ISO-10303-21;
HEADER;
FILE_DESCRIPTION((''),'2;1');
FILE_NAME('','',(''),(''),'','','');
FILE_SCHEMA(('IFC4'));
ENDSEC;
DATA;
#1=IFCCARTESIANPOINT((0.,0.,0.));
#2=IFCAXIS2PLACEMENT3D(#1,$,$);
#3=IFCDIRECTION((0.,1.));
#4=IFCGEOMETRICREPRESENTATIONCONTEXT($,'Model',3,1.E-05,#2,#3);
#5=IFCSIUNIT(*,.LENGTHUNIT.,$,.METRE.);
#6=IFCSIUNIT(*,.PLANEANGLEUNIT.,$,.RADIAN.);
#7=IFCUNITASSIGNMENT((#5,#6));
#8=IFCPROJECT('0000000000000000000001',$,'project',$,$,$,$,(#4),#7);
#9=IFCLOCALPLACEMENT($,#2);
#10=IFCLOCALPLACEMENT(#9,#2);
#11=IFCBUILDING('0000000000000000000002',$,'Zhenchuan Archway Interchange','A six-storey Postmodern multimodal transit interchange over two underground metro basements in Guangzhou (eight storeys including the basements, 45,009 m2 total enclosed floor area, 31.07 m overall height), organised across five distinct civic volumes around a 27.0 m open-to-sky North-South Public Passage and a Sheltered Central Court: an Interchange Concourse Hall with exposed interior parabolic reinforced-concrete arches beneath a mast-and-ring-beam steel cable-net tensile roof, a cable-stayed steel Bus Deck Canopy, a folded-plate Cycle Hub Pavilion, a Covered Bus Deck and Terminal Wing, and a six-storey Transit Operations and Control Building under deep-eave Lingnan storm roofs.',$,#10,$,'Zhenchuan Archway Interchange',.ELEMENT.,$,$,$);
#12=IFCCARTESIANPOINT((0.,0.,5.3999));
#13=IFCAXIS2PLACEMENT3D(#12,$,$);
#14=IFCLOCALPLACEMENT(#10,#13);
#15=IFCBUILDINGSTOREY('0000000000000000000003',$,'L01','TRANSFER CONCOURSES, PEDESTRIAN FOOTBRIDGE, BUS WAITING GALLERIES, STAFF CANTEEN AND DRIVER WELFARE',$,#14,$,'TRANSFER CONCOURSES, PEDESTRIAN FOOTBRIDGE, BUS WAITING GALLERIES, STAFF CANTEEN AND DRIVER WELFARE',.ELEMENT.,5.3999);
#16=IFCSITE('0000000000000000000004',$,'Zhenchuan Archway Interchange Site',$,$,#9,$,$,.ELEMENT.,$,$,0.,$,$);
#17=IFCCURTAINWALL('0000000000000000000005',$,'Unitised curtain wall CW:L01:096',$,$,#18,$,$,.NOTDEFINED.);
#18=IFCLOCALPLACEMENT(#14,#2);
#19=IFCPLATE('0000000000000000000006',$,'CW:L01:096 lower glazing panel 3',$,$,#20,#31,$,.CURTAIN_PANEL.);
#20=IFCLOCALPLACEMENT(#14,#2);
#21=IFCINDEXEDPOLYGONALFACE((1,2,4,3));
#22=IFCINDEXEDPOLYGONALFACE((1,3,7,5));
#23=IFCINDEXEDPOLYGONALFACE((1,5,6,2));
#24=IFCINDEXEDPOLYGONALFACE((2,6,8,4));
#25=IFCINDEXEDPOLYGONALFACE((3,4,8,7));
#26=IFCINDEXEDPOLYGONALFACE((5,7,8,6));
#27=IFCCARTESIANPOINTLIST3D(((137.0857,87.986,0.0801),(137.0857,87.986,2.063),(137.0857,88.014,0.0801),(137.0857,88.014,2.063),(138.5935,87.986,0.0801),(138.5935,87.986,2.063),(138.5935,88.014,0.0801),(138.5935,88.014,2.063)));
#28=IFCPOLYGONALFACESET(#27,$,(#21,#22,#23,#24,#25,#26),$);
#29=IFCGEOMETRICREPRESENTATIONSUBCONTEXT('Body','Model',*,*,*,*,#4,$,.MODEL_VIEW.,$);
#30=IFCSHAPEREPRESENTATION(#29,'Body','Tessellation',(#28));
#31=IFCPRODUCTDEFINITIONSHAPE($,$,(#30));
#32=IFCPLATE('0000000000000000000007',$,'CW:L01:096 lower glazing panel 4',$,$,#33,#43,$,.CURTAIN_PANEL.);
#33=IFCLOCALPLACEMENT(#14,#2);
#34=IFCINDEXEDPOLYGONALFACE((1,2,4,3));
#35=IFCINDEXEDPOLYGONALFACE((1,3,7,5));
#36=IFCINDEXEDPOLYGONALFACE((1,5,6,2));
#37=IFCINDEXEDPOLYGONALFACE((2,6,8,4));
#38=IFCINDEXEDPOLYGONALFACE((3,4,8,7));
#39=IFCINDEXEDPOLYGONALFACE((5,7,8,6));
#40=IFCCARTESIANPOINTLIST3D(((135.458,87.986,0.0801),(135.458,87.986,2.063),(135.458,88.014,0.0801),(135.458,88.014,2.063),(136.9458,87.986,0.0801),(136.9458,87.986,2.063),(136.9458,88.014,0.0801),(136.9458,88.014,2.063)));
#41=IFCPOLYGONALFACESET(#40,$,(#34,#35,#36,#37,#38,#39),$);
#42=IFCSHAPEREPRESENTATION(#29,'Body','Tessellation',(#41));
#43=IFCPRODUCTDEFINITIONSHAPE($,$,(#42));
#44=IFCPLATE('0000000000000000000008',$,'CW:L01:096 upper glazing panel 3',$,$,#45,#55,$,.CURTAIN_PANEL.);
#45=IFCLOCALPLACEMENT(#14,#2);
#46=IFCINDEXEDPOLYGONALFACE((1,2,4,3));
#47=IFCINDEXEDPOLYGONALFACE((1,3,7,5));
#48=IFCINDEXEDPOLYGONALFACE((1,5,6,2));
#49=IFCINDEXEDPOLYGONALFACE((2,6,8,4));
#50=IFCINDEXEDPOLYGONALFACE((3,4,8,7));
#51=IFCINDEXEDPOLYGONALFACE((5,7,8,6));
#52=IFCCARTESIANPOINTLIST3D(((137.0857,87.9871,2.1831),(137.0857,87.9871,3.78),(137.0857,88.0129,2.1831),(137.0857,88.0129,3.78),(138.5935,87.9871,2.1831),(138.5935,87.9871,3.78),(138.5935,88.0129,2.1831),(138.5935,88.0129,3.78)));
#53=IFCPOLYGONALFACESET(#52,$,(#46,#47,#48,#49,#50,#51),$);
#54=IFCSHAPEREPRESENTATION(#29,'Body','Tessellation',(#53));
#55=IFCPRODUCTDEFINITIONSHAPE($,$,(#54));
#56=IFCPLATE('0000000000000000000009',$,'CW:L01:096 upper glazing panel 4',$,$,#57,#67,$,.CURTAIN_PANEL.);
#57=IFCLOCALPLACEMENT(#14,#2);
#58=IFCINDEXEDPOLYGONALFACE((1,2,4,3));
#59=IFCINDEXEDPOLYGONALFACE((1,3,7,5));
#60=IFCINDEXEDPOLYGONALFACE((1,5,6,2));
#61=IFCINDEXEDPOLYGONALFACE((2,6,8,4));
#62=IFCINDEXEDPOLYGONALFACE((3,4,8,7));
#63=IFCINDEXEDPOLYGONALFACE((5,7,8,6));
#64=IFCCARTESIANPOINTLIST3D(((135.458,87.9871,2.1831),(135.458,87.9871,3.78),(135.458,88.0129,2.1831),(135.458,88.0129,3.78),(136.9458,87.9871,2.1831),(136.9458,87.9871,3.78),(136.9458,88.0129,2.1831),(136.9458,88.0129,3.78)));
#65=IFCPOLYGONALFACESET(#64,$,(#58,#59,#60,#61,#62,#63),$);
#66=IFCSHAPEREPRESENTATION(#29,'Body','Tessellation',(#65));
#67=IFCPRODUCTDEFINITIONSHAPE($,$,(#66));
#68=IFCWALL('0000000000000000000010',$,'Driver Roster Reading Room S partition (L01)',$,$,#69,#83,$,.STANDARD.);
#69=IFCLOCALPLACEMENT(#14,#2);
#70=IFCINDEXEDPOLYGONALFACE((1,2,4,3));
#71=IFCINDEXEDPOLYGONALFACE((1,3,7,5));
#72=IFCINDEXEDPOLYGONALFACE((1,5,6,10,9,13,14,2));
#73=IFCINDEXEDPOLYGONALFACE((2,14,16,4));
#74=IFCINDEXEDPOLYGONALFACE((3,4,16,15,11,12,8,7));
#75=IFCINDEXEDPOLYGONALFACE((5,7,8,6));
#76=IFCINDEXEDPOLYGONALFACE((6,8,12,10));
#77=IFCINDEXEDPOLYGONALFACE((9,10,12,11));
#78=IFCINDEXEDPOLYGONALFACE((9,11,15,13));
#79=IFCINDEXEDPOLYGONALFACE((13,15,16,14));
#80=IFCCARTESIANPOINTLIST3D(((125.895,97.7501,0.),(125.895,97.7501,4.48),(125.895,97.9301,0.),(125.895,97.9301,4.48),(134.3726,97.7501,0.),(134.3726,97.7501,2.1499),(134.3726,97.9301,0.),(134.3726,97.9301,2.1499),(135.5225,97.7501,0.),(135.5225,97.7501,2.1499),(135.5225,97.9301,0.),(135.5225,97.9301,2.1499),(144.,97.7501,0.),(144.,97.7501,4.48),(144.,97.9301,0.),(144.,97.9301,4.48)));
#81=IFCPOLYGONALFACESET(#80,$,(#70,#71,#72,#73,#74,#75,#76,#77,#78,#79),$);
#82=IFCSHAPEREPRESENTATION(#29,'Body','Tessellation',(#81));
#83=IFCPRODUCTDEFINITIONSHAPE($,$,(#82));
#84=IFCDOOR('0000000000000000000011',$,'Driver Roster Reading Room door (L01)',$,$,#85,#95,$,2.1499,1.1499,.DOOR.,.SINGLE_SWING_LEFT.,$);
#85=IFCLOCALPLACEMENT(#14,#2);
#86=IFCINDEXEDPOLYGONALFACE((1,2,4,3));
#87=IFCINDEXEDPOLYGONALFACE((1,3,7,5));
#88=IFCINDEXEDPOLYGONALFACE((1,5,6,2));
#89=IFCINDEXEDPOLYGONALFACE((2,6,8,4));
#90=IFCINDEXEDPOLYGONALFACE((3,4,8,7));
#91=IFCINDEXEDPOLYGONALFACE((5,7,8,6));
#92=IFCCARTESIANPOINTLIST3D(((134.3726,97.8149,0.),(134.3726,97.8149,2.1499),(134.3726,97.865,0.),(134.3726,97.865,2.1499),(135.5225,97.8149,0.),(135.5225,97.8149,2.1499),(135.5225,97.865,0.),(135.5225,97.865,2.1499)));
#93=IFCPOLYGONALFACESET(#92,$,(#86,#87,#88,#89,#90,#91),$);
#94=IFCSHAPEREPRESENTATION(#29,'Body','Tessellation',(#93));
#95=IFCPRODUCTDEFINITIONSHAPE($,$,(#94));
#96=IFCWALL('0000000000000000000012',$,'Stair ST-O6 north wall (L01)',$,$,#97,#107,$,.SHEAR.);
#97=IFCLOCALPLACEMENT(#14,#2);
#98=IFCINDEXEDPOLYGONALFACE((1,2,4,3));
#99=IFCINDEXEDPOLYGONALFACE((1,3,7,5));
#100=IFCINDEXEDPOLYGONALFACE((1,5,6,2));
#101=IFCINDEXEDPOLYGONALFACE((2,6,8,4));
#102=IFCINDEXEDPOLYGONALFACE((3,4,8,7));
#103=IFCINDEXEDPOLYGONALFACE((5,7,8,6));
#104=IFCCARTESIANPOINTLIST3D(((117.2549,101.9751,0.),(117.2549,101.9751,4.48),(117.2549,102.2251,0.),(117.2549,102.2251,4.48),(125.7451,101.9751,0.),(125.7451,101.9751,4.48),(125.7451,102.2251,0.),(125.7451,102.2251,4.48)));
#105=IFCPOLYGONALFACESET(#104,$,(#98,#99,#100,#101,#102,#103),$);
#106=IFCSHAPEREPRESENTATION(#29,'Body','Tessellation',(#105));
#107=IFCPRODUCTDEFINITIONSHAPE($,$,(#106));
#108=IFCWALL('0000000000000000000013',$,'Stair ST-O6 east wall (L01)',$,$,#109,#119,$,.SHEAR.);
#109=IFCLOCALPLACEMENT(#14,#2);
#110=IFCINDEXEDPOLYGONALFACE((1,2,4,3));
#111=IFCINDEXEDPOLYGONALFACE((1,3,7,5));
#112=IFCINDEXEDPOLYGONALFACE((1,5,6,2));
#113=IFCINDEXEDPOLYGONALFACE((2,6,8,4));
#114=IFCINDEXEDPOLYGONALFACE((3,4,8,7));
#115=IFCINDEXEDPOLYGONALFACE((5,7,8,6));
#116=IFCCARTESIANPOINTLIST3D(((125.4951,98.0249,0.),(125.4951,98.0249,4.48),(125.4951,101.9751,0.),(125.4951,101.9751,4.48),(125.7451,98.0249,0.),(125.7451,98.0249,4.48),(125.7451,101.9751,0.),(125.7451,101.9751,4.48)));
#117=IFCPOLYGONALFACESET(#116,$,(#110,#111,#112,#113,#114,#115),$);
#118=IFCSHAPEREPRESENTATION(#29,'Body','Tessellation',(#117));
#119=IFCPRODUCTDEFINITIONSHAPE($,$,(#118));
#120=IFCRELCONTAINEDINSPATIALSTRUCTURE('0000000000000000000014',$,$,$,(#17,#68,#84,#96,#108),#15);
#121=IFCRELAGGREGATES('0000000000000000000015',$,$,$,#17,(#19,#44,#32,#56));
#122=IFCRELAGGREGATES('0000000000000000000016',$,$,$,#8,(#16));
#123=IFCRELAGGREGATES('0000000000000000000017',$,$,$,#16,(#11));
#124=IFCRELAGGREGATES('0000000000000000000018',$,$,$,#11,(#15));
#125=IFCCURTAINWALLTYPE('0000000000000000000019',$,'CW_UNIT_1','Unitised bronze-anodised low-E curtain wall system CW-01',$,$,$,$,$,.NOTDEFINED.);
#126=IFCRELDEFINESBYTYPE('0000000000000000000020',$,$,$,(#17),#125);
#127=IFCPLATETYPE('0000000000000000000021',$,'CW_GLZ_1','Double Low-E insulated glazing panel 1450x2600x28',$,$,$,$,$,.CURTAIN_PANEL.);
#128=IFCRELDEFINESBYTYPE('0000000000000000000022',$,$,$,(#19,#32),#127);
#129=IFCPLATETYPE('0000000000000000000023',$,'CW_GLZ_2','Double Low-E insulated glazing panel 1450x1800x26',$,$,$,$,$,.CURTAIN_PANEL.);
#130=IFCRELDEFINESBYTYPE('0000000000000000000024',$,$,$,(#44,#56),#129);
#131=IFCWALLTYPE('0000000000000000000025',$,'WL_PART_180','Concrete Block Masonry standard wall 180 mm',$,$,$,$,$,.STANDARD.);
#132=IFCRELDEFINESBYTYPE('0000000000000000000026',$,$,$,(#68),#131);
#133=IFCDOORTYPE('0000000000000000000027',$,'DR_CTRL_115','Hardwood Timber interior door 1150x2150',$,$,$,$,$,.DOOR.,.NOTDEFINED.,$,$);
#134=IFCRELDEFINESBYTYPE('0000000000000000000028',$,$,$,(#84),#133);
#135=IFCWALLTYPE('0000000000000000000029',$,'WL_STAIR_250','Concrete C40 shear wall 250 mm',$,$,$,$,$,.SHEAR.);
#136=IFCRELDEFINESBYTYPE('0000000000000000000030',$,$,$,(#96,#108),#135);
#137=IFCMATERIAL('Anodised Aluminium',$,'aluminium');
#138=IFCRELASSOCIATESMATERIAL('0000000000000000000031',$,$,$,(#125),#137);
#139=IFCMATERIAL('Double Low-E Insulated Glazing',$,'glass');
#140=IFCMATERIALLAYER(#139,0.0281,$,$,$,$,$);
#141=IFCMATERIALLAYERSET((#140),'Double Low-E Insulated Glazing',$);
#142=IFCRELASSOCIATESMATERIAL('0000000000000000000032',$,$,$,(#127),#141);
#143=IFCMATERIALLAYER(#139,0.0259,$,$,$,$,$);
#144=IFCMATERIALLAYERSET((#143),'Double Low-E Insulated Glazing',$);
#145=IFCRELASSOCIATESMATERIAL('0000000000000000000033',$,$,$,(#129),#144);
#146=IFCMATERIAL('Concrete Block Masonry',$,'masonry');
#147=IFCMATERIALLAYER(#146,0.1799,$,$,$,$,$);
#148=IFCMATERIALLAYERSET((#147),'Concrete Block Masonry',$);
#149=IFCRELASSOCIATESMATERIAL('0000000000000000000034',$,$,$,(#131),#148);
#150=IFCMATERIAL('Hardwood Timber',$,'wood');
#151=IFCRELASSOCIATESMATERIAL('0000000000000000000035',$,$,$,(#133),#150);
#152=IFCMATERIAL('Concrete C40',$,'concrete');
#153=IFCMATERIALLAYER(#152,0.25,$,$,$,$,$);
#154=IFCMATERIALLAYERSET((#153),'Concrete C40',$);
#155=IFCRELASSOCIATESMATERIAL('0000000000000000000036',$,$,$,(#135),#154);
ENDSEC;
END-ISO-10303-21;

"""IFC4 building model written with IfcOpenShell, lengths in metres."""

from ifc_helpers import new_model, si_unit, direction, frame, frame_2d, origin, origin_2d, place, context, subcontext, project, spatial, rectangle, extrude, material, layer, layer_set, type_object, element, fill, aggregate, save


model = new_model("IFC4")

# Units and contexts
model_context = context("Model", 3, precision=1e-05, world=origin(), true_north=direction((0.0, 1.0)))
body_context = subcontext(model_context, "Body", "Model", "MODEL_VIEW")
ifc_project = project(units=[si_unit("LENGTHUNIT", "METRE"), si_unit("PLANEANGLEUNIT", "RADIAN")], contexts=[model_context])

# Site, building, storey
site_placement = place(None, origin())
site = spatial("IfcSite", under=ifc_project, at=site_placement, Name="Zhenchuan Archway Interchange Site", CompositionType="ELEMENT", RefElevation=0.0)
building_placement = place(site_placement, origin())
building = spatial("IfcBuilding", under=site, at=building_placement, Name="Zhenchuan Archway Interchange", Description="A six-storey Postmodern multimodal transit interchange over two underground metro basements in Guangzhou (eight storeys including the basements, 45,009 m2 total enclosed floor area, 31.07 m overall height), organised across five distinct civic volumes around a 27.0 m open-to-sky North-South Public Passage and a Sheltered Central Court: an Interchange Concourse Hall with exposed interior parabolic reinforced-concrete arches beneath a mast-and-ring-beam steel cable-net tensile roof, a cable-stayed steel Bus Deck Canopy, a folded-plate Cycle Hub Pavilion, a Covered Bus Deck and Terminal Wing, and a six-storey Transit Operations and Control Building under deep-eave Lingnan storm roofs.", LongName="Zhenchuan Archway Interchange", CompositionType="ELEMENT")
storey_placement = place(building_placement, frame((0.0, 0.0, 5.3999)))
storey = spatial("IfcBuildingStorey", under=building, at=storey_placement, Name="L01", Description="TRANSFER CONCOURSES, PEDESTRIAN FOOTBRIDGE, BUS WAITING GALLERIES, STAFF CANTEEN AND DRIVER WELFARE", LongName="TRANSFER CONCOURSES, PEDESTRIAN FOOTBRIDGE, BUS WAITING GALLERIES, STAFF CANTEEN AND DRIVER WELFARE", CompositionType="ELEMENT", Elevation=5.3999)

# Shared definitions
ifc_material_1 = material(Name="Concrete C40", Category="concrete")

# Curtain wall
ifc_material_2 = material(Name="Anodised Aluminium", Category="aluminium")
curtain_wall_type = type_object("IfcCurtainWallType", Name="CW_UNIT_1", Description="Unitised bronze-anodised low-E curtain wall system CW-01", PredefinedType="NOTDEFINED", material=ifc_material_2)
curtain_wall_placement = place(storey_placement, origin())
curtain_wall = element("IfcCurtainWall", 1, at=curtain_wall_placement, inside=storey, type_object=curtain_wall_type, Name="Unitised curtain wall CW:L01:096", PredefinedType="NOTDEFINED")

# Plates
ifc_material_3 = material(Name="Double Low-E Insulated Glazing", Category="glass")
ifc_layer_1 = layer(ifc_material_3, 0.0281)
ifc_layer_set_1 = layer_set([ifc_layer_1], Name="Double Low-E Insulated Glazing")
plate_type_1 = type_object("IfcPlateType", Name="CW_GLZ_1", Description="Double Low-E insulated glazing panel 1450x2600x28", PredefinedType="CURTAIN_PANEL", material=ifc_layer_set_1)
plate_1_placement = place(storey_placement, frame((137.8396, 88.0, 0.0801), z_axis=(0.0, 0.0, 1.0), x_axis=(-1.0, 0.0, 0.0)))
plate_1 = element("IfcPlate", 2, at=plate_1_placement, type_object=plate_type_1, Name="CW:L01:096 lower glazing panel 3", PredefinedType="CURTAIN_PANEL", context=body_context, shape_type="SweptSolid", body=[
    extrude(rectangle(XDim=1.5078, YDim=0.0281, at=origin_2d()), origin(), (0.0, 0.0, 1.0), 1.9829),
])
plate_2_placement = place(storey_placement, frame((136.2019, 88.0, 0.0801), z_axis=(0.0, 0.0, 1.0), x_axis=(-1.0, 0.0, 0.0)))
plate_2 = element("IfcPlate", 3, at=plate_2_placement, type_object=plate_type_1, Name="CW:L01:096 lower glazing panel 4", PredefinedType="CURTAIN_PANEL", context=body_context, shape_type="SweptSolid", body=[
    extrude(rectangle(XDim=1.4878, YDim=0.0281, at=origin_2d()), origin(), (0.0, 0.0, 1.0), 1.9829),
])
ifc_layer_2 = layer(ifc_material_3, 0.0259)
ifc_layer_set_2 = layer_set([ifc_layer_2], Name="Double Low-E Insulated Glazing")
plate_type_2 = type_object("IfcPlateType", Name="CW_GLZ_2", Description="Double Low-E insulated glazing panel 1450x1800x26", PredefinedType="CURTAIN_PANEL", material=ifc_layer_set_2)
plate_3_placement = place(storey_placement, frame((137.8396, 88.0, 2.1831), z_axis=(0.0, 0.0, 1.0), x_axis=(-1.0, 0.0, 0.0)))
plate_3 = element("IfcPlate", 4, at=plate_3_placement, type_object=plate_type_2, Name="CW:L01:096 upper glazing panel 3", PredefinedType="CURTAIN_PANEL", context=body_context, shape_type="SweptSolid", body=[
    extrude(rectangle(XDim=1.5078, YDim=0.0259, at=origin_2d()), origin(), (0.0, 0.0, 1.0), 1.5969),
])
plate_4_placement = place(storey_placement, frame((136.2019, 88.0, 2.1831), z_axis=(0.0, 0.0, 1.0), x_axis=(-1.0, 0.0, 0.0)))
plate_4 = element("IfcPlate", 5, at=plate_4_placement, type_object=plate_type_2, Name="CW:L01:096 upper glazing panel 4", PredefinedType="CURTAIN_PANEL", context=body_context, shape_type="SweptSolid", body=[
    extrude(rectangle(XDim=1.4878, YDim=0.0259, at=origin_2d()), origin(), (0.0, 0.0, 1.0), 1.5969),
])
aggregate(curtain_wall, [plate_1, plate_3, plate_2, plate_4])

# Wall, opening, door
ifc_material_4 = material(Name="Concrete Block Masonry", Category="masonry")
ifc_layer_3 = layer(ifc_material_4, 0.1799)
ifc_layer_set_3 = layer_set([ifc_layer_3], Name="Concrete Block Masonry")
wall_type_1 = type_object("IfcWallType", Name="WL_PART_180", Description="Concrete Block Masonry standard wall 180 mm", PredefinedType="STANDARD", material=ifc_layer_set_3)
wall_1_placement = place(storey_placement, frame((125.895, 97.8401, 0.0), z_axis=(0.0, 0.0, 1.0), x_axis=(1.0, 0.0, 0.0)))
wall_1 = element("IfcWall", 6, at=wall_1_placement, inside=storey, type_object=wall_type_1, Name="Driver Roster Reading Room S partition (L01)", PredefinedType="STANDARD", context=body_context, shape_type="SweptSolid", body=[
    extrude(rectangle(XDim=18.105, YDim=0.1799, at=frame_2d((9.0525, 0.0))), origin(), (0.0, 0.0, 1.0), 4.48),
])
opening_placement = place(wall_1_placement, frame((8.4775, 0.0, 0.0)))
opening = element("IfcOpeningElement", 7, at=opening_placement, cuts=wall_1, PredefinedType="OPENING", context=body_context, shape_type="SweptSolid", body=[
    extrude(rectangle(XDim=1.1499, YDim=2.1499, at=frame_2d((0.575, 1.075))), frame((0.0, 0.1021, 0.0), z_axis=(0.0, -1.0, 0.0), x_axis=(1.0, 0.0, 0.0)), (0.0, 0.0, 1.0), 0.2039),
])
ifc_material_5 = material(Name="Hardwood Timber", Category="wood")
door_type = type_object("IfcDoorType", Name="DR_CTRL_115", Description="Hardwood Timber interior door 1150x2150", OperationType="NOTDEFINED", PredefinedType="DOOR", material=ifc_material_5)
door_placement = place(opening_placement, origin())
door = element("IfcDoor", 8, at=door_placement, inside=storey, type_object=door_type, Name="Driver Roster Reading Room door (L01)", OperationType="SINGLE_SWING_LEFT", OverallHeight=2.1499, OverallWidth=1.1499, PredefinedType="DOOR", context=body_context, shape_type="SweptSolid", body=[
    extrude(rectangle(XDim=1.1499, YDim=2.1499, at=frame_2d((0.575, 1.075))), frame((0.0, 0.0249, 0.0), z_axis=(0.0, -1.0, 0.0), x_axis=(1.0, 0.0, 0.0)), (0.0, 0.0, 1.0), 0.05),
])
fill(opening, door)

# Walls
ifc_layer_4 = layer(ifc_material_1, 0.25)
ifc_layer_set_4 = layer_set([ifc_layer_4], Name="Concrete C40")
wall_type_2 = type_object("IfcWallType", Name="WL_STAIR_250", Description="Concrete C40 shear wall 250 mm", PredefinedType="SHEAR", material=ifc_layer_set_4)
wall_2_placement = place(storey_placement, frame((125.7451, 102.1001, 0.0), z_axis=(0.0, 0.0, 1.0), x_axis=(-1.0, 0.0, 0.0)))
element("IfcWall", 9, at=wall_2_placement, inside=storey, type_object=wall_type_2, Name="Stair ST-O6 north wall (L01)", PredefinedType="SHEAR", context=body_context, shape_type="SweptSolid", body=[
    extrude(rectangle(XDim=8.4902, YDim=0.25, at=frame_2d((4.2451, 0.0))), origin(), (0.0, 0.0, 1.0), 4.48),
])
wall_3_placement = place(storey_placement, frame((125.6201, 98.0249, 0.0), z_axis=(0.0, 0.0, 1.0), x_axis=(0.0, 1.0, 0.0)))
element("IfcWall", 10, at=wall_3_placement, inside=storey, type_object=wall_type_2, Name="Stair ST-O6 east wall (L01)", PredefinedType="SHEAR", context=body_context, shape_type="SweptSolid", body=[
    extrude(rectangle(XDim=3.9502, YDim=0.25, at=frame_2d((1.9751, 0.0))), origin(), (0.0, 0.0, 1.0), 4.48),
])

save(model, "model.ifc")
